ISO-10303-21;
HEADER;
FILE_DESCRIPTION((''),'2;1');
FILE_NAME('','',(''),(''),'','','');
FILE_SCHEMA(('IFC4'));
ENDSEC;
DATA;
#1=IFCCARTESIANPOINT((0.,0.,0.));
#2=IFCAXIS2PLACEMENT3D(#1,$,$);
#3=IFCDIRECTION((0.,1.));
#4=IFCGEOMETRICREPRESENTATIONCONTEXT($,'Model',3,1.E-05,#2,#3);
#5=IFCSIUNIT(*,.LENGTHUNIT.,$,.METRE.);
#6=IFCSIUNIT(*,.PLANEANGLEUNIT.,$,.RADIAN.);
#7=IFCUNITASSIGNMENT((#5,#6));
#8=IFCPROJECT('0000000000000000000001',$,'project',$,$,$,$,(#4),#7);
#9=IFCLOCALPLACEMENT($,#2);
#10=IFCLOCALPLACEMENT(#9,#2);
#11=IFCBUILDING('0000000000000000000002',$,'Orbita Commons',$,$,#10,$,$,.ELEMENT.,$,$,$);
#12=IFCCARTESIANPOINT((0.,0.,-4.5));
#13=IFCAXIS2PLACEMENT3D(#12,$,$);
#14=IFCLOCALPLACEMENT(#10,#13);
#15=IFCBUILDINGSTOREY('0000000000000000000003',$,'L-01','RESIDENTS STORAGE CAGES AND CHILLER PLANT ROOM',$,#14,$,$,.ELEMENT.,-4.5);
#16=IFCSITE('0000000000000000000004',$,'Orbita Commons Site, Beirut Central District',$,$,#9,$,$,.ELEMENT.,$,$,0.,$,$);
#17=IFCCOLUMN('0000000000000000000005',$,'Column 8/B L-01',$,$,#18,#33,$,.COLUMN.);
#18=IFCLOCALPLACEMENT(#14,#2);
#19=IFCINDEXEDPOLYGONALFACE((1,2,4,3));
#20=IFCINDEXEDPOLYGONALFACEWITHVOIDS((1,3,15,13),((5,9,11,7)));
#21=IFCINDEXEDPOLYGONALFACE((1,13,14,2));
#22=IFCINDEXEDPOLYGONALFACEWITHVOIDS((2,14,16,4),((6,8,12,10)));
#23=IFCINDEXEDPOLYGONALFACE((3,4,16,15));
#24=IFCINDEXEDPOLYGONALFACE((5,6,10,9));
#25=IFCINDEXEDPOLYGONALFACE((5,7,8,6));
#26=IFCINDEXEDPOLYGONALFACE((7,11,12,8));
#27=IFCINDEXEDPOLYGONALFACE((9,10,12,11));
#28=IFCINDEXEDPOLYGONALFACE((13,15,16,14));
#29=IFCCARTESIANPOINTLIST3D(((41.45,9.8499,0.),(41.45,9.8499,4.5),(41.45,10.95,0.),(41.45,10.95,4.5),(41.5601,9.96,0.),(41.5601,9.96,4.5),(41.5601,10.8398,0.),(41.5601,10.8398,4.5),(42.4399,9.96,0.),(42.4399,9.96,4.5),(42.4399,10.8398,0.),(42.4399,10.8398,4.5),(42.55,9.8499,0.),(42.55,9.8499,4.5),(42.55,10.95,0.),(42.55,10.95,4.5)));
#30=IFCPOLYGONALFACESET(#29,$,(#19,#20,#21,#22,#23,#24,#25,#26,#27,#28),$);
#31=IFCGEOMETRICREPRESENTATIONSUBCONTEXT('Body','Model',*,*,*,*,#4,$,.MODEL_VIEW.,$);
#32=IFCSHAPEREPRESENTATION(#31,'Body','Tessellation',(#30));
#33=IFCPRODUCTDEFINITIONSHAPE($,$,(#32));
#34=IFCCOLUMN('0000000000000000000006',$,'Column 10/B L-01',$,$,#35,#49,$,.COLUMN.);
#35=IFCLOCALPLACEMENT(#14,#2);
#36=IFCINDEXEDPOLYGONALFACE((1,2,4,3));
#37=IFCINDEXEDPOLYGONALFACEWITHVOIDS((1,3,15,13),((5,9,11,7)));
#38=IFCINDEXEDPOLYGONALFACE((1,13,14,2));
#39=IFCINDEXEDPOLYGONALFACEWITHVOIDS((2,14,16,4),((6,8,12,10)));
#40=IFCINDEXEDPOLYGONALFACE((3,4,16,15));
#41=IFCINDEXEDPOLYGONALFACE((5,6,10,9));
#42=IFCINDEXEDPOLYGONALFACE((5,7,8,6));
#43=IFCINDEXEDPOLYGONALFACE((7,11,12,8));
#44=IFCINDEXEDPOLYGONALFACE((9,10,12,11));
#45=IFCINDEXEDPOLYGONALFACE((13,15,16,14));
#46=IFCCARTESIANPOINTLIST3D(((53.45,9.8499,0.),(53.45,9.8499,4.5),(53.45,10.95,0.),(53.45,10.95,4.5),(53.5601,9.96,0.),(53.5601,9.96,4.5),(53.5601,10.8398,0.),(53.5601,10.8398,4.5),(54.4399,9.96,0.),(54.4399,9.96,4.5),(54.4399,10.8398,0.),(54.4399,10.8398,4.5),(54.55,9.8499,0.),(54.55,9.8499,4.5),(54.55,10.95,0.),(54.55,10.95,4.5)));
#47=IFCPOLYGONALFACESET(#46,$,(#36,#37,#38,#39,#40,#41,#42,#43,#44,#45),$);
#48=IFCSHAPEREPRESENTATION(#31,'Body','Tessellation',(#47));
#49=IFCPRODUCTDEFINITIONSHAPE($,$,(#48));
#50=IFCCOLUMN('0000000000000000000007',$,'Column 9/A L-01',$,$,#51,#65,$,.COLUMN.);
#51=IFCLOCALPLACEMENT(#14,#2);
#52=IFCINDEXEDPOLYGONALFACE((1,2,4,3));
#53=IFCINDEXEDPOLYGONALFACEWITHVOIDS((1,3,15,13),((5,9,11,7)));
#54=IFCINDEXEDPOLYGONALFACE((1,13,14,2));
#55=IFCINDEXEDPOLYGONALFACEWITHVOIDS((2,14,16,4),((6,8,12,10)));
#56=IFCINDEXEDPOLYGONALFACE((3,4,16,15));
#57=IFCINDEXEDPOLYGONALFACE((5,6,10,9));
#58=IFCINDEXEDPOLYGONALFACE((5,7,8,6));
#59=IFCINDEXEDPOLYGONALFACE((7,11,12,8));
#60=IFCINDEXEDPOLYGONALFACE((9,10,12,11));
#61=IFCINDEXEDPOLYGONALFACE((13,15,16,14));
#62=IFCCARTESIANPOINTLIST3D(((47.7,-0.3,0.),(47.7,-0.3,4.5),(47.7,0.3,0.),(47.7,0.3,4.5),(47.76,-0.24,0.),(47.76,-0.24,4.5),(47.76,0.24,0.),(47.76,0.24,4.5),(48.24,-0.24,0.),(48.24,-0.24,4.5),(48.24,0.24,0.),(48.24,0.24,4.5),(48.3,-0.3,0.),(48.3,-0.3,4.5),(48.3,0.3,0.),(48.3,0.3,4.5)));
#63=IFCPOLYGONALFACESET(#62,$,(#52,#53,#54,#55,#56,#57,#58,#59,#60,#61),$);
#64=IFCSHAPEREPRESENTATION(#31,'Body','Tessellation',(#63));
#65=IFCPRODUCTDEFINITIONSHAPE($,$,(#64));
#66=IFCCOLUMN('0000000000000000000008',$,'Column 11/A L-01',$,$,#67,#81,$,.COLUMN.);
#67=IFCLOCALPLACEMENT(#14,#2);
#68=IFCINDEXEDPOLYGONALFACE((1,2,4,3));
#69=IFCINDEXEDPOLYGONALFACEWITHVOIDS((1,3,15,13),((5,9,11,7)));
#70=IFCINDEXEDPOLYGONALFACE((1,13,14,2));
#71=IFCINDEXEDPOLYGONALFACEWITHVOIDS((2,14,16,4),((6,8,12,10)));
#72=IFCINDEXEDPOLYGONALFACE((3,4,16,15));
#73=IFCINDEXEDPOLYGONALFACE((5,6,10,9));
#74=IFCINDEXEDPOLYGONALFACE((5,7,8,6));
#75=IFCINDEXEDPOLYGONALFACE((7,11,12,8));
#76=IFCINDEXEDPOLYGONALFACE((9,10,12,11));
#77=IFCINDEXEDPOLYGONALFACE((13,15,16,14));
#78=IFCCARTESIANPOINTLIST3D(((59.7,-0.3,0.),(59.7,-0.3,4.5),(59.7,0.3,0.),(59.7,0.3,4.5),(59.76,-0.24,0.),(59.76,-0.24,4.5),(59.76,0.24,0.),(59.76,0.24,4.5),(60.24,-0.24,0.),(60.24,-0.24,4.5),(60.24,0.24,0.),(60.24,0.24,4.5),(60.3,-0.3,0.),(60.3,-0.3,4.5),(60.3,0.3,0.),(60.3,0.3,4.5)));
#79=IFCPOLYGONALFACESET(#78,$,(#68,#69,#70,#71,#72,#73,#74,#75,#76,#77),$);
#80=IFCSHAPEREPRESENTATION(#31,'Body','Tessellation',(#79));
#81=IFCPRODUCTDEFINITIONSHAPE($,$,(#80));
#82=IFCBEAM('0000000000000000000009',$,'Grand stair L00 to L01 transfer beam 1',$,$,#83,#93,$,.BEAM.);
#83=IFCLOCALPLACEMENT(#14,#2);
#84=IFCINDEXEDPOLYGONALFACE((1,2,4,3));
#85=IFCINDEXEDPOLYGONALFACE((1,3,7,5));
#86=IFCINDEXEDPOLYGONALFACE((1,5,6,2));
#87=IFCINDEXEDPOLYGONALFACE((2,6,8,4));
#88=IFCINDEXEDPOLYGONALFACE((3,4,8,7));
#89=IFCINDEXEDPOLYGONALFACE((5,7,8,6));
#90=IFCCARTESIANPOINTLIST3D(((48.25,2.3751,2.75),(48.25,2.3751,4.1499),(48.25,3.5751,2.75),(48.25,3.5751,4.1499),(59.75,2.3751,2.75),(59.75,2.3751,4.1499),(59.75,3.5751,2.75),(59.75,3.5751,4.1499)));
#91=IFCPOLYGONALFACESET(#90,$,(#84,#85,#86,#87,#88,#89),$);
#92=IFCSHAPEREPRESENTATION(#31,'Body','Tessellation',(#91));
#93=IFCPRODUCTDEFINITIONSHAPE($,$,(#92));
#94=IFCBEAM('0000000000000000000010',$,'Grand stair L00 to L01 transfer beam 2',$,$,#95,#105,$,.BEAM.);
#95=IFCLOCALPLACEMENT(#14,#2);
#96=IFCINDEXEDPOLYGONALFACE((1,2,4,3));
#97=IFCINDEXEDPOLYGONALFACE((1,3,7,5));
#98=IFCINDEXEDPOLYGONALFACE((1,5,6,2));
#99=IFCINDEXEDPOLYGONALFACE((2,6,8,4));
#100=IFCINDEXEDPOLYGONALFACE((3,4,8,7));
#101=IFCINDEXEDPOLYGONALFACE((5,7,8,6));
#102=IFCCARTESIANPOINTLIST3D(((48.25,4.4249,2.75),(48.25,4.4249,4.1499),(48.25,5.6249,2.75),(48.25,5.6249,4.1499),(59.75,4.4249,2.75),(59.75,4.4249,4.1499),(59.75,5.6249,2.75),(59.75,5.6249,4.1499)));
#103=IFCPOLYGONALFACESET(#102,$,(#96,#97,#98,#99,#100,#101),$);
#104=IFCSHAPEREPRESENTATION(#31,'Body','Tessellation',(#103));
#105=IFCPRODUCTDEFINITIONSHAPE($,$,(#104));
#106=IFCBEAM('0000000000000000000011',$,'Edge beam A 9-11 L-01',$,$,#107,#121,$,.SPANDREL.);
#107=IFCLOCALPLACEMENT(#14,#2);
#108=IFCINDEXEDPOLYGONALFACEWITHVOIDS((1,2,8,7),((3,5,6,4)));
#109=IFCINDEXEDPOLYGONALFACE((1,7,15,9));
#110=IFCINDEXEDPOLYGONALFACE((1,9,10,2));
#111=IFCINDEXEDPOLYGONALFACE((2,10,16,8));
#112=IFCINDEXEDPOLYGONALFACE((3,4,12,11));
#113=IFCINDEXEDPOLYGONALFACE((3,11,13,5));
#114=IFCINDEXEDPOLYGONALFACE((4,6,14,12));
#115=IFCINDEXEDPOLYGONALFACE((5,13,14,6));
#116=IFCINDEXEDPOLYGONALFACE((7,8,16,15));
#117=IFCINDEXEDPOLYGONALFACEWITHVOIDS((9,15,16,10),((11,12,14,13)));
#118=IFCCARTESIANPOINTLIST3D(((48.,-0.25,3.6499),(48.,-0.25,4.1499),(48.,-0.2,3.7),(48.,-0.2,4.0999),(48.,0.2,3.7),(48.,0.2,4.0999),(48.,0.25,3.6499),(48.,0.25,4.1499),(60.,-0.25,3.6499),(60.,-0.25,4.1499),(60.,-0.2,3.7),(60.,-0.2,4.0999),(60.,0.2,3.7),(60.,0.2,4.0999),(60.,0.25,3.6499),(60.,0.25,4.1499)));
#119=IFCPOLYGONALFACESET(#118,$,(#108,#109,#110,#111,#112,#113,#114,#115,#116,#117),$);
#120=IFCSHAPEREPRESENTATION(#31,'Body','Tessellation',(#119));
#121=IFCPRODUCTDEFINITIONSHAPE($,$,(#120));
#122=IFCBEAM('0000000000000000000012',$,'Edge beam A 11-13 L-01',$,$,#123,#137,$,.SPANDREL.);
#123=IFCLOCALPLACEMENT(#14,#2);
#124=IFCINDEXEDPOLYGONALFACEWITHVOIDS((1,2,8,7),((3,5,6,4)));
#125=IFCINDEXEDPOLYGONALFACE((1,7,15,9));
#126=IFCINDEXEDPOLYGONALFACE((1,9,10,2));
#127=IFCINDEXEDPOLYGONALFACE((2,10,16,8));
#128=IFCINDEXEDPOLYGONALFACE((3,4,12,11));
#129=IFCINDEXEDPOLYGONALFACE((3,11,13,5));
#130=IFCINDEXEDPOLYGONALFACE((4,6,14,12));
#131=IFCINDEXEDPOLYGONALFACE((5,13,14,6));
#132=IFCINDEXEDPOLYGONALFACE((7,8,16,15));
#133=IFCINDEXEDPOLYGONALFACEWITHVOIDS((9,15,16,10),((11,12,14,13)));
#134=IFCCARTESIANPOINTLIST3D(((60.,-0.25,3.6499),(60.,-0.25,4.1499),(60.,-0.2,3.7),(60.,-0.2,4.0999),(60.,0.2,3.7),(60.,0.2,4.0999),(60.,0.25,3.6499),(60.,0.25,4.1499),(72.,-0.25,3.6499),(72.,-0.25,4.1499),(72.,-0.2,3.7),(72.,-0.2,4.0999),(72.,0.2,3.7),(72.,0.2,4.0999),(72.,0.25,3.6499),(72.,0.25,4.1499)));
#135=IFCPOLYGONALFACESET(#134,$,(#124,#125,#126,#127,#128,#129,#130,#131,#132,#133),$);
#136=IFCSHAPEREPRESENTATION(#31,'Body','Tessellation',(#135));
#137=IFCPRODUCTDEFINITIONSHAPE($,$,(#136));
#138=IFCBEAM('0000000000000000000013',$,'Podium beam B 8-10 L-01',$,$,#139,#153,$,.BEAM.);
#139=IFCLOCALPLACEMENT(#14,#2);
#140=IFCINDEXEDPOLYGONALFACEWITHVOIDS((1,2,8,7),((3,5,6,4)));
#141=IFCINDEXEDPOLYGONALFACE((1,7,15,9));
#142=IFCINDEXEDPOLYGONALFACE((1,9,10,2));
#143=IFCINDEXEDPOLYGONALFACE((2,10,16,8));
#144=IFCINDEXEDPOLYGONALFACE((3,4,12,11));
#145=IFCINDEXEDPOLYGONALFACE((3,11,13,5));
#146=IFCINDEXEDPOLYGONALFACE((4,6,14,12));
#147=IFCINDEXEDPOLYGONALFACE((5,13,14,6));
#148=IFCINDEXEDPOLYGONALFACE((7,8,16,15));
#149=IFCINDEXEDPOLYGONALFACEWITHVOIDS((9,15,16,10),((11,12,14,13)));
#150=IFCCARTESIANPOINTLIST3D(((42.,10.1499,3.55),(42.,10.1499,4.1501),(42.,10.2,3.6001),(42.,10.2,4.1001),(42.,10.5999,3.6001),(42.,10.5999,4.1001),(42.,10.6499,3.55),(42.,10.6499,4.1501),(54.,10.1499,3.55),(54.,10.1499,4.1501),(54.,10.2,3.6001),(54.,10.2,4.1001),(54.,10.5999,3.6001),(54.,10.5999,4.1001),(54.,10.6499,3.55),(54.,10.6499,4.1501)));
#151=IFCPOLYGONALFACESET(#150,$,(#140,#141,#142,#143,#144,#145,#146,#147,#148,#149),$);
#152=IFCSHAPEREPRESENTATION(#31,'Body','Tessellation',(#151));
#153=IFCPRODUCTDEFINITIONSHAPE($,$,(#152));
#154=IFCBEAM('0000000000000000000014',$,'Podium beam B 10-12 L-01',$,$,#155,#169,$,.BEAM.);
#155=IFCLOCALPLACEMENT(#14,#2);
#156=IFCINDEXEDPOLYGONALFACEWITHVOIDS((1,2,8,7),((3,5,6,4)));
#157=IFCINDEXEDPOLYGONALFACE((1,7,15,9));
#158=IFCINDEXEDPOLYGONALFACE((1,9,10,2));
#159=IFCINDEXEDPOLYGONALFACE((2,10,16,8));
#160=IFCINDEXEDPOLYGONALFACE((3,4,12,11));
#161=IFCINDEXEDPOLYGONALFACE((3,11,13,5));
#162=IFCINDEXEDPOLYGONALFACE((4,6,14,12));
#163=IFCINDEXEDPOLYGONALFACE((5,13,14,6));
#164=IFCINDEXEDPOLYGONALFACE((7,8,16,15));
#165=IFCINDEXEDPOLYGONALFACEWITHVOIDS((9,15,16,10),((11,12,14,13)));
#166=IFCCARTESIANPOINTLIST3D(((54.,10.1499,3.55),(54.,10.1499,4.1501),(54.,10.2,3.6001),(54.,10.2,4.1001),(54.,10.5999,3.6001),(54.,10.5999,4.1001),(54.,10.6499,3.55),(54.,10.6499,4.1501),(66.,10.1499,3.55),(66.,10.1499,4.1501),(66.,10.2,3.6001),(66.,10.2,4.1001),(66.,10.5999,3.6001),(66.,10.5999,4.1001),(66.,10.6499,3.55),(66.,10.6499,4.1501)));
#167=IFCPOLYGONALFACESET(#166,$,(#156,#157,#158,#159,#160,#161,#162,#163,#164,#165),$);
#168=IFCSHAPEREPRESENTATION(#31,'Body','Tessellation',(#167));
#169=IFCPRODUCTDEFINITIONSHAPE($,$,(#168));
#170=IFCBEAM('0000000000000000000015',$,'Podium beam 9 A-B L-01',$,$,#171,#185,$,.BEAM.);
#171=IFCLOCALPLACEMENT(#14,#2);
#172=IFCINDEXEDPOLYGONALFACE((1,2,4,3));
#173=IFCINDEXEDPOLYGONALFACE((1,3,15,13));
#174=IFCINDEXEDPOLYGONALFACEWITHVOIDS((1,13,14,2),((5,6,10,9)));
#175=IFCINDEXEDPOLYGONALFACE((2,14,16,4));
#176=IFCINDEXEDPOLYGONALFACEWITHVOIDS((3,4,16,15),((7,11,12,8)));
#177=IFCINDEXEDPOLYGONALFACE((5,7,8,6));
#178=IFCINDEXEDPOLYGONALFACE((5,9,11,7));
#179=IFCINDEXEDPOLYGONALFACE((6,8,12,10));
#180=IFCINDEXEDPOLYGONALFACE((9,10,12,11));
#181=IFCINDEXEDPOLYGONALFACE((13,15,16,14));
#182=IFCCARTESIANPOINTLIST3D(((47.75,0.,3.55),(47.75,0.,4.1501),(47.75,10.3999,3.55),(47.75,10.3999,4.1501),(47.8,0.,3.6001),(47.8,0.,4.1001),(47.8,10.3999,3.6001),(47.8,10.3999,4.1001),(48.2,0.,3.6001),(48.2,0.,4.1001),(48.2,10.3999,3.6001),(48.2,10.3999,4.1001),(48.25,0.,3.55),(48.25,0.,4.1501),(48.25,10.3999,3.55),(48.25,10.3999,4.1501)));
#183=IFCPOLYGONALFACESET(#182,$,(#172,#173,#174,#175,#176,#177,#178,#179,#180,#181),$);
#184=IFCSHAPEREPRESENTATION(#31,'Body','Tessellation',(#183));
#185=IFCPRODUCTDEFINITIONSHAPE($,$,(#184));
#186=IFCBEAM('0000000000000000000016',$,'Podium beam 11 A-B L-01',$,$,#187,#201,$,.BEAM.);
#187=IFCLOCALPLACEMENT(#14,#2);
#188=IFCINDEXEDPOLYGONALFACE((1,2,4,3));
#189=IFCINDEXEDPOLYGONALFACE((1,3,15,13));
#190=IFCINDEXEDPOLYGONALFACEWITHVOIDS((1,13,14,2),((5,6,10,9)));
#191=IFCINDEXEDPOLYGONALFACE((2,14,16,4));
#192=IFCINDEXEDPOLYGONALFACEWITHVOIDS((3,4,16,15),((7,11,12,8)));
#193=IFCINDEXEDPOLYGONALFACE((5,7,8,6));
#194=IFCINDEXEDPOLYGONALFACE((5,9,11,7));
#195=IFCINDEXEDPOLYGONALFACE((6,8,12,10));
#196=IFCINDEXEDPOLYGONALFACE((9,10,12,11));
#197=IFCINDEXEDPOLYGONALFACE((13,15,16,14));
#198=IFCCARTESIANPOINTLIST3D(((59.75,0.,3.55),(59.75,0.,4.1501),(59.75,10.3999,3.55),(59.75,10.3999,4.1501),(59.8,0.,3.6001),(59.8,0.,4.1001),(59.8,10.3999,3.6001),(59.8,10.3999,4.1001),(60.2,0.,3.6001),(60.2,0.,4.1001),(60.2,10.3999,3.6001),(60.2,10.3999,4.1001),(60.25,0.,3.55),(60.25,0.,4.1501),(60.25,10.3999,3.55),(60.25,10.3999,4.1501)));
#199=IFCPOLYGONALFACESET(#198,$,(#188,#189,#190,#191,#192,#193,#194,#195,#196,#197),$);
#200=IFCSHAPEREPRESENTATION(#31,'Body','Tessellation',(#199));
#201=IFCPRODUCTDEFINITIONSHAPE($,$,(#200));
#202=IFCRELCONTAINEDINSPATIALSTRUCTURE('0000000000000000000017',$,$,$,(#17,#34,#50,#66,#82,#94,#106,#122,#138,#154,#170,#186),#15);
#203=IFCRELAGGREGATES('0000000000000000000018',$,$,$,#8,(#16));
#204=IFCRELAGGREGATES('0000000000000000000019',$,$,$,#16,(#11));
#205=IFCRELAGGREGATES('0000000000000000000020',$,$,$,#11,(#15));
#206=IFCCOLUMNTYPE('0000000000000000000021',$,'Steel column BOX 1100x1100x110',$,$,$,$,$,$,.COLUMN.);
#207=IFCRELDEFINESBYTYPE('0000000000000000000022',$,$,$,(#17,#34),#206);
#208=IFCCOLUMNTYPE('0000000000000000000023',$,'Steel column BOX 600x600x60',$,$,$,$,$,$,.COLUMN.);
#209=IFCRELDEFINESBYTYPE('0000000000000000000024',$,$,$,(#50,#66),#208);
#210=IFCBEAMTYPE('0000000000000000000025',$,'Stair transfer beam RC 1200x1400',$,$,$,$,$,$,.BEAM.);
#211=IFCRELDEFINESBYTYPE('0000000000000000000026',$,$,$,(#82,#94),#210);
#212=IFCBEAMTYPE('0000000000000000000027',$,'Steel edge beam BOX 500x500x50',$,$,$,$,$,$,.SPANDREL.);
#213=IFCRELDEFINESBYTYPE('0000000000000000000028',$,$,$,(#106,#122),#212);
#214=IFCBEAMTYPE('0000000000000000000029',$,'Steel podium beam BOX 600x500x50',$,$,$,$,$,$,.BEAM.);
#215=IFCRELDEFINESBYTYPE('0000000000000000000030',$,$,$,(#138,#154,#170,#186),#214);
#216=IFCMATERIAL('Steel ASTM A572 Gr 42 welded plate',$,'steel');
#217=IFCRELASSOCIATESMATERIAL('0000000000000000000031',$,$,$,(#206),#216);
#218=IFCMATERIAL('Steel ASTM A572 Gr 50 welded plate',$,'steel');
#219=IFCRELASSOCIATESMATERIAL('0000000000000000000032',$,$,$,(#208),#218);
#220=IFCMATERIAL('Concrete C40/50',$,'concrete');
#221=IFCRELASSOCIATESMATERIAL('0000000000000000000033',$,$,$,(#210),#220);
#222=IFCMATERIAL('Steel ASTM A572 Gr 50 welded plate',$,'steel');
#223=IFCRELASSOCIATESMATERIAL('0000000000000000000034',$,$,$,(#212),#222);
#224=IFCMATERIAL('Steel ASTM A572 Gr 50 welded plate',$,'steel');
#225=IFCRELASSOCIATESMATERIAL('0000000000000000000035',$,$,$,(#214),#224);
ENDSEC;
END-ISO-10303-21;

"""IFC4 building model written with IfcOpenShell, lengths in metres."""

from ifc_helpers import new_model, si_unit, direction, frame, origin, origin_2d, place, context, subcontext, project, spatial, rectangle, hollow_rectangle, extrude, material, material_profile, profile_set, type_object, element, save


model = new_model("IFC4")

# Units and contexts
model_context = context("Model", 3, precision=1e-05, world=origin(), true_north=direction((0.0, 1.0)))
body_context = subcontext(model_context, "Body", "Model", "MODEL_VIEW")
ifc_project = project(units=[si_unit("LENGTHUNIT", "METRE"), si_unit("PLANEANGLEUNIT", "RADIAN")], contexts=[model_context])

# Site, building, storey
site_placement = place(None, origin())
site = spatial("IfcSite", under=ifc_project, at=site_placement, Name="Orbita Commons Site, Beirut Central District", CompositionType="ELEMENT", RefElevation=0.0)
building_placement = place(site_placement, origin())
building = spatial("IfcBuilding", under=site, at=building_placement, Name="Orbita Commons", CompositionType="ELEMENT")
storey_placement = place(building_placement, frame((0.0, 0.0, -4.5)))
storey = spatial("IfcBuildingStorey", under=building, at=storey_placement, Name="L-01", Description="RESIDENTS STORAGE CAGES AND CHILLER PLANT ROOM", CompositionType="ELEMENT", Elevation=-4.5)

# Columns
ifc_material_1 = material(Name="Steel ASTM A572 Gr 42 welded plate", Category="steel")
ifc_material_profile_1 = material_profile(ifc_material_1, hollow_rectangle(XDim=1.1001, YDim=1.1001, WallThickness=0.1101, at=origin_2d()), Name="BOX 1100x1100x110")
ifc_profile_set_1 = profile_set([ifc_material_profile_1], Name="Steel ASTM A572 Gr 42 welded plate")
column_type_1 = type_object("IfcColumnType", Name="Steel column BOX 1100x1100x110", PredefinedType="COLUMN", material=ifc_profile_set_1)
for number, where, z_axis, x_axis, name in (
    (1, (42.0, 10.3999, 0.0), (0.0, 0.0, 1.0), (1.0, 0.0, 0.0), "Column 8/B L-01"),
    (2, (54.0, 10.3999, 0.0), (0.0, 0.0, 1.0), (1.0, 0.0, 0.0), "Column 10/B L-01"),
):
    element("IfcColumn", number, at=place(storey_placement, frame(where, z_axis=z_axis, x_axis=x_axis)), inside=storey, type_object=column_type_1, Name=name, PredefinedType="COLUMN", context=body_context, shape_type="SweptSolid", body=[
        extrude(hollow_rectangle(XDim=1.1001, YDim=1.1001, WallThickness=0.1101, at=origin_2d()), origin(), (0.0, 0.0, 1.0), 4.5),
    ])
ifc_material_2 = material(Name="Steel ASTM A572 Gr 50 welded plate", Category="steel")
ifc_material_profile_2 = material_profile(ifc_material_2, hollow_rectangle(XDim=0.6001, YDim=0.6001, WallThickness=0.0601, at=origin_2d()), Name="BOX 600x600x60")
ifc_profile_set_2 = profile_set([ifc_material_profile_2], Name="Steel ASTM A572 Gr 50 welded plate")
column_type_2 = type_object("IfcColumnType", Name="Steel column BOX 600x600x60", PredefinedType="COLUMN", material=ifc_profile_set_2)
for number, where, z_axis, x_axis, name in (
    (3, (48.0, 0.0, 0.0), (0.0, 0.0, 1.0), (1.0, 0.0, 0.0), "Column 9/A L-01"),
    (4, (60.0, 0.0, 0.0), (0.0, 0.0, 1.0), (1.0, 0.0, 0.0), "Column 11/A L-01"),
):
    element("IfcColumn", number, at=place(storey_placement, frame(where, z_axis=z_axis, x_axis=x_axis)), inside=storey, type_object=column_type_2, Name=name, PredefinedType="COLUMN", context=body_context, shape_type="SweptSolid", body=[
        extrude(hollow_rectangle(XDim=0.6001, YDim=0.6001, WallThickness=0.0601, at=origin_2d()), origin(), (0.0, 0.0, 1.0), 4.5),
    ])

# Beams
ifc_material_3 = material(Name="Concrete C40/50", Category="concrete")
ifc_material_profile_3 = material_profile(ifc_material_3, rectangle(XDim=1.2, YDim=1.3999, at=origin_2d()), Name="RC 1200x1400")
ifc_profile_set_3 = profile_set([ifc_material_profile_3], Name="Concrete C40/50")
beam_type_1 = type_object("IfcBeamType", Name="Stair transfer beam RC 1200x1400", PredefinedType="BEAM", material=ifc_profile_set_3)
for number, where, z_axis, x_axis, name in (
    (5, (48.25, 2.9751, 3.45), (1.0, 0.0, 0.0), (0.0, 1.0, 0.0), "Grand stair L00 to L01 transfer beam 1"),
    (6, (48.25, 5.0249, 3.45), (1.0, 0.0, 0.0), (0.0, 1.0, 0.0), "Grand stair L00 to L01 transfer beam 2"),
):
    element("IfcBeam", number, at=place(storey_placement, frame(where, z_axis=z_axis, x_axis=x_axis)), inside=storey, type_object=beam_type_1, Name=name, PredefinedType="BEAM", context=body_context, shape_type="SweptSolid", body=[
        extrude(rectangle(XDim=1.2, YDim=1.3999, at=origin_2d()), origin(), (0.0, 0.0, 1.0), 11.5),
    ])
ifc_material_4 = material(Name="Steel ASTM A572 Gr 50 welded plate", Category="steel")
ifc_material_profile_4 = material_profile(ifc_material_4, hollow_rectangle(XDim=0.5, YDim=0.5, WallThickness=0.05, at=origin_2d()), Name="BOX 500x500x50")
ifc_profile_set_4 = profile_set([ifc_material_profile_4], Name="Steel ASTM A572 Gr 50 welded plate")
beam_type_2 = type_object("IfcBeamType", Name="Steel edge beam BOX 500x500x50", PredefinedType="SPANDREL", material=ifc_profile_set_4)
for number, where, z_axis, x_axis, name in (
    (7, (48.0, 0.0, 3.8999), (1.0, 0.0, 0.0), (0.0, 1.0, 0.0), "Edge beam A 9-11 L-01"),
    (8, (60.0, 0.0, 3.8999), (1.0, 0.0, 0.0), (0.0, 1.0, 0.0), "Edge beam A 11-13 L-01"),
):
    element("IfcBeam", number, at=place(storey_placement, frame(where, z_axis=z_axis, x_axis=x_axis)), inside=storey, type_object=beam_type_2, Name=name, PredefinedType="SPANDREL", context=body_context, shape_type="SweptSolid", body=[
        extrude(hollow_rectangle(XDim=0.5, YDim=0.5, WallThickness=0.05, at=origin_2d()), origin(), (0.0, 0.0, 1.0), 12.0),
    ])
ifc_material_5 = material(Name="Steel ASTM A572 Gr 50 welded plate", Category="steel")
ifc_material_profile_5 = material_profile(ifc_material_5, hollow_rectangle(XDim=0.5, YDim=0.6001, WallThickness=0.05, at=origin_2d()), Name="BOX 600x500x50")
ifc_profile_set_5 = profile_set([ifc_material_profile_5], Name="Steel ASTM A572 Gr 50 welded plate")
beam_type_3 = type_object("IfcBeamType", Name="Steel podium beam BOX 600x500x50", PredefinedType="BEAM", material=ifc_profile_set_5)
for number, where, z_axis, x_axis, name in (
    (9, (42.0, 10.3999, 3.8501), (1.0, 0.0, 0.0), (0.0, 1.0, 0.0), "Podium beam B 8-10 L-01"),
    (10, (54.0, 10.3999, 3.8501), (1.0, 0.0, 0.0), (0.0, 1.0, 0.0), "Podium beam B 10-12 L-01"),
):
    element("IfcBeam", number, at=place(storey_placement, frame(where, z_axis=z_axis, x_axis=x_axis)), inside=storey, type_object=beam_type_3, Name=name, PredefinedType="BEAM", context=body_context, shape_type="SweptSolid", body=[
        extrude(hollow_rectangle(XDim=0.5, YDim=0.6001, WallThickness=0.05, at=origin_2d()), origin(), (0.0, 0.0, 1.0), 12.0),
    ])
for number, where, z_axis, x_axis, name in (
    (11, (48.0, 0.0, 3.8501), (0.0, 1.0, 0.0), (-1.0, 0.0, 0.0), "Podium beam 9 A-B L-01"),
    (12, (60.0, 0.0, 3.8501), (0.0, 1.0, 0.0), (-1.0, 0.0, 0.0), "Podium beam 11 A-B L-01"),
):
    element("IfcBeam", number, at=place(storey_placement, frame(where, z_axis=z_axis, x_axis=x_axis)), inside=storey, type_object=beam_type_3, Name=name, PredefinedType="BEAM", context=body_context, shape_type="SweptSolid", body=[
        extrude(hollow_rectangle(XDim=0.5, YDim=0.6001, WallThickness=0.05, at=origin_2d()), origin(), (0.0, 0.0, 1.0), 10.3999),
    ])

save(model, "model.ifc")
